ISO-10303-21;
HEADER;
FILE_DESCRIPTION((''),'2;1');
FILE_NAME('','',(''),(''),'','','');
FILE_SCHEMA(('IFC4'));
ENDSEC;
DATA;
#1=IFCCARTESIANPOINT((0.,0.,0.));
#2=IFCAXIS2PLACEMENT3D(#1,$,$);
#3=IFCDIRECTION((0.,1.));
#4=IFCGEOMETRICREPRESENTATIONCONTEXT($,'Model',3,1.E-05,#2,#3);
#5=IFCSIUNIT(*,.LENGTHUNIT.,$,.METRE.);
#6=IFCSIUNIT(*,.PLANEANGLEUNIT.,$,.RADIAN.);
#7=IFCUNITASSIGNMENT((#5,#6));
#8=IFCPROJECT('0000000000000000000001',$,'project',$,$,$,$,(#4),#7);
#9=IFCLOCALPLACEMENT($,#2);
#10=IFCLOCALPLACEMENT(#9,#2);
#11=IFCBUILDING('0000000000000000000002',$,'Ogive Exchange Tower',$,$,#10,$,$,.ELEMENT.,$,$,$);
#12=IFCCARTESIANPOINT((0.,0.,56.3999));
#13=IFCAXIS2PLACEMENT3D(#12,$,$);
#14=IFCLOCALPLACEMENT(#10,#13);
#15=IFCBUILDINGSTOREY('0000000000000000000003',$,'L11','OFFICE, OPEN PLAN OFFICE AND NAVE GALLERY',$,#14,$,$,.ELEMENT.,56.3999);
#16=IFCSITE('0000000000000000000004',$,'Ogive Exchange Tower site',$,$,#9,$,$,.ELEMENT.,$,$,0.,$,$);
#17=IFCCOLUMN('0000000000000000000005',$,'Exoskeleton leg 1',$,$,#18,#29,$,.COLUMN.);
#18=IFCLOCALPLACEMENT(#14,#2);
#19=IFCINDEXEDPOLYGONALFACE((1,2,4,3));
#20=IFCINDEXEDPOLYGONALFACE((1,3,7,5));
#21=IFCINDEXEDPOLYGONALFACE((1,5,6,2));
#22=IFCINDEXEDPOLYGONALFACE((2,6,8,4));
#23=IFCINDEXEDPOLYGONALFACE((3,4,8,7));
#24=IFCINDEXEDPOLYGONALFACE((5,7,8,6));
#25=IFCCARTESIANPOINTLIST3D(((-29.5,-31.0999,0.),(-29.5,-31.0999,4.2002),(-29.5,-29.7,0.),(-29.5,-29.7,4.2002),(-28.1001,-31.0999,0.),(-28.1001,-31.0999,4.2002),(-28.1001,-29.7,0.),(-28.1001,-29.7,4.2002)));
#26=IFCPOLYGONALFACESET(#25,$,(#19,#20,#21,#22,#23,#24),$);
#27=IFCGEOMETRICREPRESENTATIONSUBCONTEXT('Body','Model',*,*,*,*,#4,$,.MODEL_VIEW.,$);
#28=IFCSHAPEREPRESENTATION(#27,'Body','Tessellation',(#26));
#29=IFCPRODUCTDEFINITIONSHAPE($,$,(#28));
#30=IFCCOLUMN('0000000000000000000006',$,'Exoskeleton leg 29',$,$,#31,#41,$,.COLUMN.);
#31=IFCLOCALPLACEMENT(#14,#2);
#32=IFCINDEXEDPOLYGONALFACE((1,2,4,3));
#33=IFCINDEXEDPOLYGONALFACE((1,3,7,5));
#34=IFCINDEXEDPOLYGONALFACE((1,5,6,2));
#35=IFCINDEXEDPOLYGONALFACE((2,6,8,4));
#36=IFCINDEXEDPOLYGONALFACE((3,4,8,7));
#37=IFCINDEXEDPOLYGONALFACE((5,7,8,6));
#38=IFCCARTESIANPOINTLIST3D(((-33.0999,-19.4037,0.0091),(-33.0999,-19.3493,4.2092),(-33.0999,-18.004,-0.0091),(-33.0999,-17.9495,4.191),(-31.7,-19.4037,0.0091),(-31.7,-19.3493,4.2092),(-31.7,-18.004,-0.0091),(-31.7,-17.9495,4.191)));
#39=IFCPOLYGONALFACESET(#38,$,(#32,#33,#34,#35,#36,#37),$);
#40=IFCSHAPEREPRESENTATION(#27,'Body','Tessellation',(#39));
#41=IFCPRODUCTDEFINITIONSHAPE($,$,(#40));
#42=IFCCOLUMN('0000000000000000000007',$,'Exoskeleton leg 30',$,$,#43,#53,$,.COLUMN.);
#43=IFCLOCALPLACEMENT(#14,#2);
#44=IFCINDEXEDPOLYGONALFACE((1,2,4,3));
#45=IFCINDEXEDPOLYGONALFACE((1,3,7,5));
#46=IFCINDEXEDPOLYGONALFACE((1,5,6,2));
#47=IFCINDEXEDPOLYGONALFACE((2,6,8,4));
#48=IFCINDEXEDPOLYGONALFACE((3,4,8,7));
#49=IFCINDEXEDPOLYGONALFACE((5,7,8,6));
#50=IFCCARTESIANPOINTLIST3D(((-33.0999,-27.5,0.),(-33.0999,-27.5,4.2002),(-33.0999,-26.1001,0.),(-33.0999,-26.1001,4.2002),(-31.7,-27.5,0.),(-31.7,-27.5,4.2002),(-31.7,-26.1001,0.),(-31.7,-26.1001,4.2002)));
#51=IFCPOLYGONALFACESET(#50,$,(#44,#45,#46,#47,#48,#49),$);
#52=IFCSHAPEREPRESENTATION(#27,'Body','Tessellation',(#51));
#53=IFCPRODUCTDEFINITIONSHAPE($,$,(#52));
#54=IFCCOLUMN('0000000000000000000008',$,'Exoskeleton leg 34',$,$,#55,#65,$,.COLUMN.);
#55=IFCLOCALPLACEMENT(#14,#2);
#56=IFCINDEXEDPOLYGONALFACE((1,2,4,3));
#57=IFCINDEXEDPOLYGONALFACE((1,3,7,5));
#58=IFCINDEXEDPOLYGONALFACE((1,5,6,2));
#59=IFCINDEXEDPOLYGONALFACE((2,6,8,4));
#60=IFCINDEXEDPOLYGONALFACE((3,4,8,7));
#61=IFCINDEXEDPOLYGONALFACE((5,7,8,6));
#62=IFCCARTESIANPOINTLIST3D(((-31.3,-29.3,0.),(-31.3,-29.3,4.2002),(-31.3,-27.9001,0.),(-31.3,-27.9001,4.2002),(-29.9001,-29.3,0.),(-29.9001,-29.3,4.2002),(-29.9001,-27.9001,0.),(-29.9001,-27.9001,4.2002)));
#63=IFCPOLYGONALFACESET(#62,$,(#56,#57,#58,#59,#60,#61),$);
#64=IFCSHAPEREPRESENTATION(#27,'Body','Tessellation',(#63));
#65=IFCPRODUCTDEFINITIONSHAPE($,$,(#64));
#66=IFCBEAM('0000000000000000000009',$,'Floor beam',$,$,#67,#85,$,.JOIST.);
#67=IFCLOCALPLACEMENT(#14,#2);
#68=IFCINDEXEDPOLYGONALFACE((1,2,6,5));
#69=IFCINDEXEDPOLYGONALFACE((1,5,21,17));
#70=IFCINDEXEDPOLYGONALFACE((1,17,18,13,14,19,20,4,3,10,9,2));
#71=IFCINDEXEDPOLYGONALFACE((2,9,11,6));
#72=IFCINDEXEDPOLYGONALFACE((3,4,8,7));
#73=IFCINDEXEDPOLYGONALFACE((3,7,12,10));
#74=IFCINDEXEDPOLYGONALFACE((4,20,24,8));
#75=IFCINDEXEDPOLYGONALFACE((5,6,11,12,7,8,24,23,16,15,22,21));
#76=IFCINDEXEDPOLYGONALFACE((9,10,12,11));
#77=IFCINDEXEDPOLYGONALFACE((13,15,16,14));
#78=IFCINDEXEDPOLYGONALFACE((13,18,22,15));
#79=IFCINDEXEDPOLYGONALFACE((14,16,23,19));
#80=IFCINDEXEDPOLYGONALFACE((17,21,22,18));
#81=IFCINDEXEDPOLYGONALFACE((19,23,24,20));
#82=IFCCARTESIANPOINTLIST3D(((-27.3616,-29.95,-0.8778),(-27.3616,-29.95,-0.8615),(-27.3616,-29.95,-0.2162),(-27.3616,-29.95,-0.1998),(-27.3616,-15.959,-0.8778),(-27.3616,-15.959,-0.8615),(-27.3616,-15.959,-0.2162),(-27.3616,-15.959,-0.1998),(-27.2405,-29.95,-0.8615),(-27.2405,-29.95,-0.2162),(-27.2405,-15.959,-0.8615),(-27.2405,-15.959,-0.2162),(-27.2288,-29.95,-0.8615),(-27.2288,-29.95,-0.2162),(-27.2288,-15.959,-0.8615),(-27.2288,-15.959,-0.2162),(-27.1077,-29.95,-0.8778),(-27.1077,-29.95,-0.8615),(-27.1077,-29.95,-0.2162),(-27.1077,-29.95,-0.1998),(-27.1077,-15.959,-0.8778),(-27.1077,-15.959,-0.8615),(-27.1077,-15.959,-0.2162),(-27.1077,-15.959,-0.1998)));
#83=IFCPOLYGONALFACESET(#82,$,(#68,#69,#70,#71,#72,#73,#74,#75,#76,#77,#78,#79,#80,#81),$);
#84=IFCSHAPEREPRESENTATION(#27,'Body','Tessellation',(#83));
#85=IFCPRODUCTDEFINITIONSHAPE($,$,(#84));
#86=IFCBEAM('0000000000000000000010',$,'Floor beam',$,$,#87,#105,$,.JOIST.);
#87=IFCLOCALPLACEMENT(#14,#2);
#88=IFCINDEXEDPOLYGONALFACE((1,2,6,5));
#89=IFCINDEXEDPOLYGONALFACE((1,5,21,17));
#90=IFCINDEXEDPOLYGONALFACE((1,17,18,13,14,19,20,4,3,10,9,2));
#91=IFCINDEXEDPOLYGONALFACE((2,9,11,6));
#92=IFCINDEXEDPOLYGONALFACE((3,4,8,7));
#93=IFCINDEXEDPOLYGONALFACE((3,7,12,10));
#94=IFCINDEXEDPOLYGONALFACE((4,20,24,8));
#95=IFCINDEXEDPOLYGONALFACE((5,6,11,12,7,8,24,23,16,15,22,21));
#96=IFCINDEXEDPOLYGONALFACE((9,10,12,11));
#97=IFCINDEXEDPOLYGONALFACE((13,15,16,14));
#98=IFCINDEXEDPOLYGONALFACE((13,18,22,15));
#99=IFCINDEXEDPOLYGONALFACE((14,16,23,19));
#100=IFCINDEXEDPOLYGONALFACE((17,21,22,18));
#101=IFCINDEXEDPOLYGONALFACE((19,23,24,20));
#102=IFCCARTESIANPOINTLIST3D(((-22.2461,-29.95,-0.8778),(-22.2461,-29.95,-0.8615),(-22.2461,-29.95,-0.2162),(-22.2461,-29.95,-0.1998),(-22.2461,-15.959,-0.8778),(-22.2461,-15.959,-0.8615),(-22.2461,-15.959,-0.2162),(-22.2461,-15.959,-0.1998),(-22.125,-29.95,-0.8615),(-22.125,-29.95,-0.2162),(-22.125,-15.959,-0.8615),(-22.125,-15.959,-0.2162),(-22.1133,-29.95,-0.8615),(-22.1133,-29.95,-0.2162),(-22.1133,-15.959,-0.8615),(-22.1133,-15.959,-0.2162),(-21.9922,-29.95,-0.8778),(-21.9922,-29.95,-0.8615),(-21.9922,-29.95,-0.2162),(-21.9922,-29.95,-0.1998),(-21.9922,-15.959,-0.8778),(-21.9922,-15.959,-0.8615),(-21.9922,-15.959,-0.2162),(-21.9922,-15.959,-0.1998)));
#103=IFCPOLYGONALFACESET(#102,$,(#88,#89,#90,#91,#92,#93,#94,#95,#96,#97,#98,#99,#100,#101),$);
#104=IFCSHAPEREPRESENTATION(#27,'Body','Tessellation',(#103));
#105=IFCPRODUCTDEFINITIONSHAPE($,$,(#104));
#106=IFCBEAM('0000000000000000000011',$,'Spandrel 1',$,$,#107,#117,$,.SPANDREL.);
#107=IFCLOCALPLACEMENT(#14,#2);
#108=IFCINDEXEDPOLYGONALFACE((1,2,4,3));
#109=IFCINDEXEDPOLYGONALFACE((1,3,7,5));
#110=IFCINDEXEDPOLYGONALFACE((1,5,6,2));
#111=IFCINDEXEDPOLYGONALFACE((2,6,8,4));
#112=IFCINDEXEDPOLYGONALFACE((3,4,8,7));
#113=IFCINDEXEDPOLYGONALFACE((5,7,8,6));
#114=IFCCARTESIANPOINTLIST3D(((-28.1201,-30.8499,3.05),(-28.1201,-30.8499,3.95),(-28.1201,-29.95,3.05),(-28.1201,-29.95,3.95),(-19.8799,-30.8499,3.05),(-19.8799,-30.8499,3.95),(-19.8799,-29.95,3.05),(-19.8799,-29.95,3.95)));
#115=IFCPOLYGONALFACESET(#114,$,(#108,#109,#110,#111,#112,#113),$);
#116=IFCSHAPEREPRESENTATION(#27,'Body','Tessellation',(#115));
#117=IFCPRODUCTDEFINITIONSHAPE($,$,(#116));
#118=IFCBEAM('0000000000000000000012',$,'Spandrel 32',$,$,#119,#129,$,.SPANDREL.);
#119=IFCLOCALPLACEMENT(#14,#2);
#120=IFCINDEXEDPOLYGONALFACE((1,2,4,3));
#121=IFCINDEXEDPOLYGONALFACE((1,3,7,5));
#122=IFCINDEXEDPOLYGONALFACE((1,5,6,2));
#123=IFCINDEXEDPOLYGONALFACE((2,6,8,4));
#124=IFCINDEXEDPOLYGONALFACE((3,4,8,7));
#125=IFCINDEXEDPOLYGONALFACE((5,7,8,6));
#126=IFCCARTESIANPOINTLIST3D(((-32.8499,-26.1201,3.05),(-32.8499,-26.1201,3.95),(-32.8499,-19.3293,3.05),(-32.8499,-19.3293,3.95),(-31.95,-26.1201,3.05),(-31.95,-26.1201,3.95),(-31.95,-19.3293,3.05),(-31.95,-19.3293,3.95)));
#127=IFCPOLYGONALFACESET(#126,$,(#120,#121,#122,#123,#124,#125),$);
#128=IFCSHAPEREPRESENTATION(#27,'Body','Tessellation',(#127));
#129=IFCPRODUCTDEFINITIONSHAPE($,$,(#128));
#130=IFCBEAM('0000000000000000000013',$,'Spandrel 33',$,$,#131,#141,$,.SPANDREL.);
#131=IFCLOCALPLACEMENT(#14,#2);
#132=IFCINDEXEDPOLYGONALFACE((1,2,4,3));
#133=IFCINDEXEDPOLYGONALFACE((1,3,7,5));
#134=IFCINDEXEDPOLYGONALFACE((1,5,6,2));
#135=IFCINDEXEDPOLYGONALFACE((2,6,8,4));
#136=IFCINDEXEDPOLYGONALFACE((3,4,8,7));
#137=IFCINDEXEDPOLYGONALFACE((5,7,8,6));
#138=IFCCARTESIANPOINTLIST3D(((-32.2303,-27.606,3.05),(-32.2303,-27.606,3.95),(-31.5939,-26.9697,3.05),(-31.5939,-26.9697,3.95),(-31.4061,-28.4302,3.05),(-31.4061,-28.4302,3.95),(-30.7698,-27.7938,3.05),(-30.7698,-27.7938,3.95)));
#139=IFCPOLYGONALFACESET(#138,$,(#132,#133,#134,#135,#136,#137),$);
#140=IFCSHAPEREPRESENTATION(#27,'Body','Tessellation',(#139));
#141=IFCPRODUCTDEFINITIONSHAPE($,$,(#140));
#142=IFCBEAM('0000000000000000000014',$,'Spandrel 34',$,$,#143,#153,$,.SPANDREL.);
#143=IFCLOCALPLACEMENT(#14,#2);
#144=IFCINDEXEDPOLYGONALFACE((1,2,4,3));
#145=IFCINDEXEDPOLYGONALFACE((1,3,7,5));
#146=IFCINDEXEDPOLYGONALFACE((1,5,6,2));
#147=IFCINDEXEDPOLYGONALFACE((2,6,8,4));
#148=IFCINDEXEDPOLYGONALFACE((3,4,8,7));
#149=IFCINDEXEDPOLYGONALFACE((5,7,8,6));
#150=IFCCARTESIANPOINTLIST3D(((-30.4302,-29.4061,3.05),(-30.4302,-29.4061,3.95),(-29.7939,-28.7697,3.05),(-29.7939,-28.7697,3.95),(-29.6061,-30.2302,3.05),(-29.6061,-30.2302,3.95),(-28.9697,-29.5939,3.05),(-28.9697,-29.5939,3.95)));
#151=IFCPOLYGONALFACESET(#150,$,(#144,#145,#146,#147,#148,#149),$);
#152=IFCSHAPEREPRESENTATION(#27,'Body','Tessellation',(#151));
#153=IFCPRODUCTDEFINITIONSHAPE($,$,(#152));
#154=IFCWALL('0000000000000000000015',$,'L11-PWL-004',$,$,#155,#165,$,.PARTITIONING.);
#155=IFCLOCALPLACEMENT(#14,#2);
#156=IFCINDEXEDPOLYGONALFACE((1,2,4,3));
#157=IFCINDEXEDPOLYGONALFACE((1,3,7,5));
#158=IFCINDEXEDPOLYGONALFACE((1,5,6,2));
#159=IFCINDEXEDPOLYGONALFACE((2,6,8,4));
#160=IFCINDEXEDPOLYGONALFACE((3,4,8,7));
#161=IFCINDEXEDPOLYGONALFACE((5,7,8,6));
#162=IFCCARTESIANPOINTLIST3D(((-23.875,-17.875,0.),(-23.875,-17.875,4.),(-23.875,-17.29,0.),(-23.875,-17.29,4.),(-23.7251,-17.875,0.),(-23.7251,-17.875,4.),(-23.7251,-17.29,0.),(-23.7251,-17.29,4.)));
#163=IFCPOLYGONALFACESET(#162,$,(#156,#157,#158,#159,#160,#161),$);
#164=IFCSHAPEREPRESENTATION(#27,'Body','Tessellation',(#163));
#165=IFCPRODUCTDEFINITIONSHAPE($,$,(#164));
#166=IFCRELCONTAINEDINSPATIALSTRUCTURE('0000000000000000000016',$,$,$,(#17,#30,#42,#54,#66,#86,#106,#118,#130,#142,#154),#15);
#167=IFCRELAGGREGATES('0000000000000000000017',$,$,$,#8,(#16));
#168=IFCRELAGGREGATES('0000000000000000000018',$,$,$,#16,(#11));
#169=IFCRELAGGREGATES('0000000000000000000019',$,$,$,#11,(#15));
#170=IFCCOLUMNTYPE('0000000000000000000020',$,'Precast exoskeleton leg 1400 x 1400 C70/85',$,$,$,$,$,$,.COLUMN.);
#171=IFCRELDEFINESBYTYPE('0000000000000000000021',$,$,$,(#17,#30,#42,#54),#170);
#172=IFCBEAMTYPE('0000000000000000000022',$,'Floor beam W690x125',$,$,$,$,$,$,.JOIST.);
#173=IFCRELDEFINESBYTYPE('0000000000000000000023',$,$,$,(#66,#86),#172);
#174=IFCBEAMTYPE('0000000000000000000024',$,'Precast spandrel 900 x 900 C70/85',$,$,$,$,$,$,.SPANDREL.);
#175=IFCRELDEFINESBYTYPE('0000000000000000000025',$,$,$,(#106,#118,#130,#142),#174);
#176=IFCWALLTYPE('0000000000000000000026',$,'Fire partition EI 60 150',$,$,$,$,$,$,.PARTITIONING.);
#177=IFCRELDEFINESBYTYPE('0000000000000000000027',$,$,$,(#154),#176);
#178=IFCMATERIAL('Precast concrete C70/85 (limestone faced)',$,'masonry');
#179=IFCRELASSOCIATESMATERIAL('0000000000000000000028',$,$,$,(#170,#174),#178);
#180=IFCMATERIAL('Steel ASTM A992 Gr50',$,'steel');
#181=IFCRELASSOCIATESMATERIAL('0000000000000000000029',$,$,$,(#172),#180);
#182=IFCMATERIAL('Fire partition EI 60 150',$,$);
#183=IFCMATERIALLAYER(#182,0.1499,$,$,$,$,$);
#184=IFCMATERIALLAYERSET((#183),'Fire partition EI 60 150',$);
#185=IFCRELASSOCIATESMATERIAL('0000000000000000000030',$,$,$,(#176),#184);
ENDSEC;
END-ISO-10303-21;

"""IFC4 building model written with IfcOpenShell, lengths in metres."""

from ifc_helpers import new_model, si_unit, direction, frame, frame_2d, origin, origin_2d, place, context, subcontext, project, spatial, rectangle, i_section, extrude, material, layer, layer_set, material_profile, profile_set, type_object, element, save


model = new_model("IFC4")

# Units and contexts
model_context = context("Model", 3, precision=1e-05, world=origin(), true_north=direction((0.0, 1.0)))
body_context = subcontext(model_context, "Body", "Model", "MODEL_VIEW")
ifc_project = project(units=[si_unit("LENGTHUNIT", "METRE"), si_unit("PLANEANGLEUNIT", "RADIAN")], contexts=[model_context])

# Site, building, storey
site_placement = place(None, origin())
site = spatial("IfcSite", under=ifc_project, at=site_placement, Name="Ogive Exchange Tower site", CompositionType="ELEMENT", RefElevation=0.0)
building_placement = place(site_placement, origin())
building = spatial("IfcBuilding", under=site, at=building_placement, Name="Ogive Exchange Tower", CompositionType="ELEMENT")
storey_placement = place(building_placement, frame((0.0, 0.0, 56.3999)))
storey = spatial("IfcBuildingStorey", under=building, at=storey_placement, Name="L11", Description="OFFICE, OPEN PLAN OFFICE AND NAVE GALLERY", CompositionType="ELEMENT", Elevation=56.3999)

# Columns
ifc_material_1 = material(Name="Precast concrete C70/85 (limestone faced)", Category="masonry")
ifc_material_profile_1 = material_profile(ifc_material_1, rectangle(XDim=1.3999, YDim=1.3999, at=origin_2d()), Name="1400 x 1400")
ifc_profile_set_1 = profile_set([ifc_material_profile_1], Name="Precast concrete C70/85 (limestone faced)")
column_type = type_object("IfcColumnType", Name="Precast exoskeleton leg 1400 x 1400 C70/85", PredefinedType="COLUMN", material=ifc_profile_set_1)
column_1_placement = place(storey_placement, frame((-28.8, -30.3999, 0.0), z_axis=(0.0, 0.0, 1.0), x_axis=(1.0, 0.0, 0.0)))
element("IfcColumn", 1, at=column_1_placement, inside=storey, type_object=column_type, Name="Exoskeleton leg 1", PredefinedType="COLUMN", context=body_context, shape_type="SweptSolid", body=[
    extrude(rectangle(XDim=1.3999, YDim=1.3999, at=origin_2d()), origin(), (0.0, 0.0, 1.0), 4.2002),
])
column_2_placement = place(storey_placement, frame((-32.3999, -18.7039, 0.0), z_axis=(0.0, 0.012961, 0.999916), x_axis=(-1.0, 0.0, 0.0)))
element("IfcColumn", 2, at=column_2_placement, inside=storey, type_object=column_type, Name="Exoskeleton leg 29", PredefinedType="COLUMN", context=body_context, shape_type="SweptSolid", body=[
    extrude(rectangle(XDim=1.3999, YDim=1.3999, at=origin_2d()), origin(), (0.0, 0.0, 1.0), 4.2004),
])
for number, where, z_axis, x_axis, name in (
    (3, (-32.3999, -26.8, 0.0), (0.0, 0.0, 1.0), (1.0, 0.0, 0.0), "Exoskeleton leg 30"),
    (4, (-30.6001, -28.6001, 0.0), (0.0, 0.0, 1.0), (1.0, 0.0, 0.0), "Exoskeleton leg 34"),
):
    element("IfcColumn", number, at=place(storey_placement, frame(where, z_axis=z_axis, x_axis=x_axis)), inside=storey, type_object=column_type, Name=name, PredefinedType="COLUMN", context=body_context, shape_type="SweptSolid", body=[
        extrude(rectangle(XDim=1.3999, YDim=1.3999, at=origin_2d()), origin(), (0.0, 0.0, 1.0), 4.2002),
    ])

# Beams
ifc_material_2 = material(Name="Steel ASTM A992 Gr50", Category="steel")
ifc_material_profile_2 = material_profile(ifc_material_2, i_section(OverallWidth=0.2539, OverallDepth=0.678, WebThickness=0.0117, FlangeThickness=0.0164, at=origin_2d()), Name="W690x125")
ifc_profile_set_2 = profile_set([ifc_material_profile_2], Name="Steel ASTM A992 Gr50")
beam_type_1 = type_object("IfcBeamType", Name="Floor beam W690x125", PredefinedType="JOIST", material=ifc_profile_set_2)
for number, where, z_axis, x_axis, name in (
    (5, (-27.2346, -29.95, -0.5388), (0.0, 1.0, 0.0), (-1.0, 0.0, 0.0), "Floor beam"),
    (6, (-22.1191, -29.95, -0.5388), (0.0, 1.0, 0.0), (-1.0, 0.0, 0.0), "Floor beam"),
):
    element("IfcBeam", number, at=place(storey_placement, frame(where, z_axis=z_axis, x_axis=x_axis)), inside=storey, type_object=beam_type_1, Name=name, PredefinedType="JOIST", context=body_context, shape_type="SweptSolid", body=[
        extrude(i_section(OverallWidth=0.2539, OverallDepth=0.678, WebThickness=0.0117, FlangeThickness=0.0164, at=origin_2d()), origin(), (0.0, 0.0, 1.0), 13.991),
    ])
ifc_material_profile_3 = material_profile(ifc_material_1, rectangle(XDim=0.8999, YDim=0.8999, at=origin_2d()), Name="900 x 900")
ifc_profile_set_3 = profile_set([ifc_material_profile_3], Name="Precast concrete C70/85 (limestone faced)")
beam_type_2 = type_object("IfcBeamType", Name="Precast spandrel 900 x 900 C70/85", PredefinedType="SPANDREL", material=ifc_profile_set_3)
beam_1_placement = place(storey_placement, frame((-28.1201, -30.3999, 3.5), z_axis=(1.0, 0.0, 0.0), x_axis=(0.0, 1.0, 0.0)))
element("IfcBeam", 7, at=beam_1_placement, inside=storey, type_object=beam_type_2, Name="Spandrel 1", PredefinedType="SPANDREL", context=body_context, shape_type="SweptSolid", body=[
    extrude(rectangle(XDim=0.8999, YDim=0.8999, at=origin_2d()), origin(), (0.0, 0.0, 1.0), 8.2402),
])
beam_2_placement = place(storey_placement, frame((-32.3999, -19.3293, 3.5), z_axis=(0.0, -1.0, 0.0), x_axis=(1.0, 0.0, 0.0)))
element("IfcBeam", 8, at=beam_2_placement, inside=storey, type_object=beam_type_2, Name="Spandrel 32", PredefinedType="SPANDREL", context=body_context, shape_type="SweptSolid", body=[
    extrude(rectangle(XDim=0.8999, YDim=0.8999, at=origin_2d()), origin(), (0.0, 0.0, 1.0), 6.7908),
])
for number, where, z_axis, x_axis, name in (
    (9, (-31.9121, -27.2878, 3.5), (0.707107, -0.707107, 0.0), (0.707107, 0.707107, 0.0), "Spandrel 33"),
    (10, (-30.1121, -29.0879, 3.5), (0.707107, -0.707107, 0.0), (0.707107, 0.707107, 0.0), "Spandrel 34"),
):
    element("IfcBeam", number, at=place(storey_placement, frame(where, z_axis=z_axis, x_axis=x_axis)), inside=storey, type_object=beam_type_2, Name=name, PredefinedType="SPANDREL", context=body_context, shape_type="SweptSolid", body=[
        extrude(rectangle(XDim=0.8999, YDim=0.8999, at=origin_2d()), origin(), (0.0, 0.0, 1.0), 1.1655),
    ])

# Wall
ifc_material_3 = material(Name="Fire partition EI 60 150")
ifc_layer_1 = layer(ifc_material_3, 0.1499)
ifc_layer_set_1 = layer_set([ifc_layer_1], Name="Fire partition EI 60 150")
wall_type_1 = type_object("IfcWallType", Name="Fire partition EI 60 150", PredefinedType="PARTITIONING", material=ifc_layer_set_1)
wall_1_placement = place(storey_placement, frame((-23.8, -17.875, 0.0), z_axis=(0.0, 0.0, 1.0), x_axis=(0.0, 1.0, 0.0)))
element("IfcWall", 11, at=wall_1_placement, inside=storey, type_object=wall_type_1, Name="L11-PWL-004", PredefinedType="PARTITIONING", context=body_context, shape_type="SweptSolid", body=[
    extrude(rectangle(XDim=0.585, YDim=0.1499, at=frame_2d((0.2925, 0.0))), origin(), (0.0, 0.0, 1.0), 4.0),
])

save(model, "model.ifc")
